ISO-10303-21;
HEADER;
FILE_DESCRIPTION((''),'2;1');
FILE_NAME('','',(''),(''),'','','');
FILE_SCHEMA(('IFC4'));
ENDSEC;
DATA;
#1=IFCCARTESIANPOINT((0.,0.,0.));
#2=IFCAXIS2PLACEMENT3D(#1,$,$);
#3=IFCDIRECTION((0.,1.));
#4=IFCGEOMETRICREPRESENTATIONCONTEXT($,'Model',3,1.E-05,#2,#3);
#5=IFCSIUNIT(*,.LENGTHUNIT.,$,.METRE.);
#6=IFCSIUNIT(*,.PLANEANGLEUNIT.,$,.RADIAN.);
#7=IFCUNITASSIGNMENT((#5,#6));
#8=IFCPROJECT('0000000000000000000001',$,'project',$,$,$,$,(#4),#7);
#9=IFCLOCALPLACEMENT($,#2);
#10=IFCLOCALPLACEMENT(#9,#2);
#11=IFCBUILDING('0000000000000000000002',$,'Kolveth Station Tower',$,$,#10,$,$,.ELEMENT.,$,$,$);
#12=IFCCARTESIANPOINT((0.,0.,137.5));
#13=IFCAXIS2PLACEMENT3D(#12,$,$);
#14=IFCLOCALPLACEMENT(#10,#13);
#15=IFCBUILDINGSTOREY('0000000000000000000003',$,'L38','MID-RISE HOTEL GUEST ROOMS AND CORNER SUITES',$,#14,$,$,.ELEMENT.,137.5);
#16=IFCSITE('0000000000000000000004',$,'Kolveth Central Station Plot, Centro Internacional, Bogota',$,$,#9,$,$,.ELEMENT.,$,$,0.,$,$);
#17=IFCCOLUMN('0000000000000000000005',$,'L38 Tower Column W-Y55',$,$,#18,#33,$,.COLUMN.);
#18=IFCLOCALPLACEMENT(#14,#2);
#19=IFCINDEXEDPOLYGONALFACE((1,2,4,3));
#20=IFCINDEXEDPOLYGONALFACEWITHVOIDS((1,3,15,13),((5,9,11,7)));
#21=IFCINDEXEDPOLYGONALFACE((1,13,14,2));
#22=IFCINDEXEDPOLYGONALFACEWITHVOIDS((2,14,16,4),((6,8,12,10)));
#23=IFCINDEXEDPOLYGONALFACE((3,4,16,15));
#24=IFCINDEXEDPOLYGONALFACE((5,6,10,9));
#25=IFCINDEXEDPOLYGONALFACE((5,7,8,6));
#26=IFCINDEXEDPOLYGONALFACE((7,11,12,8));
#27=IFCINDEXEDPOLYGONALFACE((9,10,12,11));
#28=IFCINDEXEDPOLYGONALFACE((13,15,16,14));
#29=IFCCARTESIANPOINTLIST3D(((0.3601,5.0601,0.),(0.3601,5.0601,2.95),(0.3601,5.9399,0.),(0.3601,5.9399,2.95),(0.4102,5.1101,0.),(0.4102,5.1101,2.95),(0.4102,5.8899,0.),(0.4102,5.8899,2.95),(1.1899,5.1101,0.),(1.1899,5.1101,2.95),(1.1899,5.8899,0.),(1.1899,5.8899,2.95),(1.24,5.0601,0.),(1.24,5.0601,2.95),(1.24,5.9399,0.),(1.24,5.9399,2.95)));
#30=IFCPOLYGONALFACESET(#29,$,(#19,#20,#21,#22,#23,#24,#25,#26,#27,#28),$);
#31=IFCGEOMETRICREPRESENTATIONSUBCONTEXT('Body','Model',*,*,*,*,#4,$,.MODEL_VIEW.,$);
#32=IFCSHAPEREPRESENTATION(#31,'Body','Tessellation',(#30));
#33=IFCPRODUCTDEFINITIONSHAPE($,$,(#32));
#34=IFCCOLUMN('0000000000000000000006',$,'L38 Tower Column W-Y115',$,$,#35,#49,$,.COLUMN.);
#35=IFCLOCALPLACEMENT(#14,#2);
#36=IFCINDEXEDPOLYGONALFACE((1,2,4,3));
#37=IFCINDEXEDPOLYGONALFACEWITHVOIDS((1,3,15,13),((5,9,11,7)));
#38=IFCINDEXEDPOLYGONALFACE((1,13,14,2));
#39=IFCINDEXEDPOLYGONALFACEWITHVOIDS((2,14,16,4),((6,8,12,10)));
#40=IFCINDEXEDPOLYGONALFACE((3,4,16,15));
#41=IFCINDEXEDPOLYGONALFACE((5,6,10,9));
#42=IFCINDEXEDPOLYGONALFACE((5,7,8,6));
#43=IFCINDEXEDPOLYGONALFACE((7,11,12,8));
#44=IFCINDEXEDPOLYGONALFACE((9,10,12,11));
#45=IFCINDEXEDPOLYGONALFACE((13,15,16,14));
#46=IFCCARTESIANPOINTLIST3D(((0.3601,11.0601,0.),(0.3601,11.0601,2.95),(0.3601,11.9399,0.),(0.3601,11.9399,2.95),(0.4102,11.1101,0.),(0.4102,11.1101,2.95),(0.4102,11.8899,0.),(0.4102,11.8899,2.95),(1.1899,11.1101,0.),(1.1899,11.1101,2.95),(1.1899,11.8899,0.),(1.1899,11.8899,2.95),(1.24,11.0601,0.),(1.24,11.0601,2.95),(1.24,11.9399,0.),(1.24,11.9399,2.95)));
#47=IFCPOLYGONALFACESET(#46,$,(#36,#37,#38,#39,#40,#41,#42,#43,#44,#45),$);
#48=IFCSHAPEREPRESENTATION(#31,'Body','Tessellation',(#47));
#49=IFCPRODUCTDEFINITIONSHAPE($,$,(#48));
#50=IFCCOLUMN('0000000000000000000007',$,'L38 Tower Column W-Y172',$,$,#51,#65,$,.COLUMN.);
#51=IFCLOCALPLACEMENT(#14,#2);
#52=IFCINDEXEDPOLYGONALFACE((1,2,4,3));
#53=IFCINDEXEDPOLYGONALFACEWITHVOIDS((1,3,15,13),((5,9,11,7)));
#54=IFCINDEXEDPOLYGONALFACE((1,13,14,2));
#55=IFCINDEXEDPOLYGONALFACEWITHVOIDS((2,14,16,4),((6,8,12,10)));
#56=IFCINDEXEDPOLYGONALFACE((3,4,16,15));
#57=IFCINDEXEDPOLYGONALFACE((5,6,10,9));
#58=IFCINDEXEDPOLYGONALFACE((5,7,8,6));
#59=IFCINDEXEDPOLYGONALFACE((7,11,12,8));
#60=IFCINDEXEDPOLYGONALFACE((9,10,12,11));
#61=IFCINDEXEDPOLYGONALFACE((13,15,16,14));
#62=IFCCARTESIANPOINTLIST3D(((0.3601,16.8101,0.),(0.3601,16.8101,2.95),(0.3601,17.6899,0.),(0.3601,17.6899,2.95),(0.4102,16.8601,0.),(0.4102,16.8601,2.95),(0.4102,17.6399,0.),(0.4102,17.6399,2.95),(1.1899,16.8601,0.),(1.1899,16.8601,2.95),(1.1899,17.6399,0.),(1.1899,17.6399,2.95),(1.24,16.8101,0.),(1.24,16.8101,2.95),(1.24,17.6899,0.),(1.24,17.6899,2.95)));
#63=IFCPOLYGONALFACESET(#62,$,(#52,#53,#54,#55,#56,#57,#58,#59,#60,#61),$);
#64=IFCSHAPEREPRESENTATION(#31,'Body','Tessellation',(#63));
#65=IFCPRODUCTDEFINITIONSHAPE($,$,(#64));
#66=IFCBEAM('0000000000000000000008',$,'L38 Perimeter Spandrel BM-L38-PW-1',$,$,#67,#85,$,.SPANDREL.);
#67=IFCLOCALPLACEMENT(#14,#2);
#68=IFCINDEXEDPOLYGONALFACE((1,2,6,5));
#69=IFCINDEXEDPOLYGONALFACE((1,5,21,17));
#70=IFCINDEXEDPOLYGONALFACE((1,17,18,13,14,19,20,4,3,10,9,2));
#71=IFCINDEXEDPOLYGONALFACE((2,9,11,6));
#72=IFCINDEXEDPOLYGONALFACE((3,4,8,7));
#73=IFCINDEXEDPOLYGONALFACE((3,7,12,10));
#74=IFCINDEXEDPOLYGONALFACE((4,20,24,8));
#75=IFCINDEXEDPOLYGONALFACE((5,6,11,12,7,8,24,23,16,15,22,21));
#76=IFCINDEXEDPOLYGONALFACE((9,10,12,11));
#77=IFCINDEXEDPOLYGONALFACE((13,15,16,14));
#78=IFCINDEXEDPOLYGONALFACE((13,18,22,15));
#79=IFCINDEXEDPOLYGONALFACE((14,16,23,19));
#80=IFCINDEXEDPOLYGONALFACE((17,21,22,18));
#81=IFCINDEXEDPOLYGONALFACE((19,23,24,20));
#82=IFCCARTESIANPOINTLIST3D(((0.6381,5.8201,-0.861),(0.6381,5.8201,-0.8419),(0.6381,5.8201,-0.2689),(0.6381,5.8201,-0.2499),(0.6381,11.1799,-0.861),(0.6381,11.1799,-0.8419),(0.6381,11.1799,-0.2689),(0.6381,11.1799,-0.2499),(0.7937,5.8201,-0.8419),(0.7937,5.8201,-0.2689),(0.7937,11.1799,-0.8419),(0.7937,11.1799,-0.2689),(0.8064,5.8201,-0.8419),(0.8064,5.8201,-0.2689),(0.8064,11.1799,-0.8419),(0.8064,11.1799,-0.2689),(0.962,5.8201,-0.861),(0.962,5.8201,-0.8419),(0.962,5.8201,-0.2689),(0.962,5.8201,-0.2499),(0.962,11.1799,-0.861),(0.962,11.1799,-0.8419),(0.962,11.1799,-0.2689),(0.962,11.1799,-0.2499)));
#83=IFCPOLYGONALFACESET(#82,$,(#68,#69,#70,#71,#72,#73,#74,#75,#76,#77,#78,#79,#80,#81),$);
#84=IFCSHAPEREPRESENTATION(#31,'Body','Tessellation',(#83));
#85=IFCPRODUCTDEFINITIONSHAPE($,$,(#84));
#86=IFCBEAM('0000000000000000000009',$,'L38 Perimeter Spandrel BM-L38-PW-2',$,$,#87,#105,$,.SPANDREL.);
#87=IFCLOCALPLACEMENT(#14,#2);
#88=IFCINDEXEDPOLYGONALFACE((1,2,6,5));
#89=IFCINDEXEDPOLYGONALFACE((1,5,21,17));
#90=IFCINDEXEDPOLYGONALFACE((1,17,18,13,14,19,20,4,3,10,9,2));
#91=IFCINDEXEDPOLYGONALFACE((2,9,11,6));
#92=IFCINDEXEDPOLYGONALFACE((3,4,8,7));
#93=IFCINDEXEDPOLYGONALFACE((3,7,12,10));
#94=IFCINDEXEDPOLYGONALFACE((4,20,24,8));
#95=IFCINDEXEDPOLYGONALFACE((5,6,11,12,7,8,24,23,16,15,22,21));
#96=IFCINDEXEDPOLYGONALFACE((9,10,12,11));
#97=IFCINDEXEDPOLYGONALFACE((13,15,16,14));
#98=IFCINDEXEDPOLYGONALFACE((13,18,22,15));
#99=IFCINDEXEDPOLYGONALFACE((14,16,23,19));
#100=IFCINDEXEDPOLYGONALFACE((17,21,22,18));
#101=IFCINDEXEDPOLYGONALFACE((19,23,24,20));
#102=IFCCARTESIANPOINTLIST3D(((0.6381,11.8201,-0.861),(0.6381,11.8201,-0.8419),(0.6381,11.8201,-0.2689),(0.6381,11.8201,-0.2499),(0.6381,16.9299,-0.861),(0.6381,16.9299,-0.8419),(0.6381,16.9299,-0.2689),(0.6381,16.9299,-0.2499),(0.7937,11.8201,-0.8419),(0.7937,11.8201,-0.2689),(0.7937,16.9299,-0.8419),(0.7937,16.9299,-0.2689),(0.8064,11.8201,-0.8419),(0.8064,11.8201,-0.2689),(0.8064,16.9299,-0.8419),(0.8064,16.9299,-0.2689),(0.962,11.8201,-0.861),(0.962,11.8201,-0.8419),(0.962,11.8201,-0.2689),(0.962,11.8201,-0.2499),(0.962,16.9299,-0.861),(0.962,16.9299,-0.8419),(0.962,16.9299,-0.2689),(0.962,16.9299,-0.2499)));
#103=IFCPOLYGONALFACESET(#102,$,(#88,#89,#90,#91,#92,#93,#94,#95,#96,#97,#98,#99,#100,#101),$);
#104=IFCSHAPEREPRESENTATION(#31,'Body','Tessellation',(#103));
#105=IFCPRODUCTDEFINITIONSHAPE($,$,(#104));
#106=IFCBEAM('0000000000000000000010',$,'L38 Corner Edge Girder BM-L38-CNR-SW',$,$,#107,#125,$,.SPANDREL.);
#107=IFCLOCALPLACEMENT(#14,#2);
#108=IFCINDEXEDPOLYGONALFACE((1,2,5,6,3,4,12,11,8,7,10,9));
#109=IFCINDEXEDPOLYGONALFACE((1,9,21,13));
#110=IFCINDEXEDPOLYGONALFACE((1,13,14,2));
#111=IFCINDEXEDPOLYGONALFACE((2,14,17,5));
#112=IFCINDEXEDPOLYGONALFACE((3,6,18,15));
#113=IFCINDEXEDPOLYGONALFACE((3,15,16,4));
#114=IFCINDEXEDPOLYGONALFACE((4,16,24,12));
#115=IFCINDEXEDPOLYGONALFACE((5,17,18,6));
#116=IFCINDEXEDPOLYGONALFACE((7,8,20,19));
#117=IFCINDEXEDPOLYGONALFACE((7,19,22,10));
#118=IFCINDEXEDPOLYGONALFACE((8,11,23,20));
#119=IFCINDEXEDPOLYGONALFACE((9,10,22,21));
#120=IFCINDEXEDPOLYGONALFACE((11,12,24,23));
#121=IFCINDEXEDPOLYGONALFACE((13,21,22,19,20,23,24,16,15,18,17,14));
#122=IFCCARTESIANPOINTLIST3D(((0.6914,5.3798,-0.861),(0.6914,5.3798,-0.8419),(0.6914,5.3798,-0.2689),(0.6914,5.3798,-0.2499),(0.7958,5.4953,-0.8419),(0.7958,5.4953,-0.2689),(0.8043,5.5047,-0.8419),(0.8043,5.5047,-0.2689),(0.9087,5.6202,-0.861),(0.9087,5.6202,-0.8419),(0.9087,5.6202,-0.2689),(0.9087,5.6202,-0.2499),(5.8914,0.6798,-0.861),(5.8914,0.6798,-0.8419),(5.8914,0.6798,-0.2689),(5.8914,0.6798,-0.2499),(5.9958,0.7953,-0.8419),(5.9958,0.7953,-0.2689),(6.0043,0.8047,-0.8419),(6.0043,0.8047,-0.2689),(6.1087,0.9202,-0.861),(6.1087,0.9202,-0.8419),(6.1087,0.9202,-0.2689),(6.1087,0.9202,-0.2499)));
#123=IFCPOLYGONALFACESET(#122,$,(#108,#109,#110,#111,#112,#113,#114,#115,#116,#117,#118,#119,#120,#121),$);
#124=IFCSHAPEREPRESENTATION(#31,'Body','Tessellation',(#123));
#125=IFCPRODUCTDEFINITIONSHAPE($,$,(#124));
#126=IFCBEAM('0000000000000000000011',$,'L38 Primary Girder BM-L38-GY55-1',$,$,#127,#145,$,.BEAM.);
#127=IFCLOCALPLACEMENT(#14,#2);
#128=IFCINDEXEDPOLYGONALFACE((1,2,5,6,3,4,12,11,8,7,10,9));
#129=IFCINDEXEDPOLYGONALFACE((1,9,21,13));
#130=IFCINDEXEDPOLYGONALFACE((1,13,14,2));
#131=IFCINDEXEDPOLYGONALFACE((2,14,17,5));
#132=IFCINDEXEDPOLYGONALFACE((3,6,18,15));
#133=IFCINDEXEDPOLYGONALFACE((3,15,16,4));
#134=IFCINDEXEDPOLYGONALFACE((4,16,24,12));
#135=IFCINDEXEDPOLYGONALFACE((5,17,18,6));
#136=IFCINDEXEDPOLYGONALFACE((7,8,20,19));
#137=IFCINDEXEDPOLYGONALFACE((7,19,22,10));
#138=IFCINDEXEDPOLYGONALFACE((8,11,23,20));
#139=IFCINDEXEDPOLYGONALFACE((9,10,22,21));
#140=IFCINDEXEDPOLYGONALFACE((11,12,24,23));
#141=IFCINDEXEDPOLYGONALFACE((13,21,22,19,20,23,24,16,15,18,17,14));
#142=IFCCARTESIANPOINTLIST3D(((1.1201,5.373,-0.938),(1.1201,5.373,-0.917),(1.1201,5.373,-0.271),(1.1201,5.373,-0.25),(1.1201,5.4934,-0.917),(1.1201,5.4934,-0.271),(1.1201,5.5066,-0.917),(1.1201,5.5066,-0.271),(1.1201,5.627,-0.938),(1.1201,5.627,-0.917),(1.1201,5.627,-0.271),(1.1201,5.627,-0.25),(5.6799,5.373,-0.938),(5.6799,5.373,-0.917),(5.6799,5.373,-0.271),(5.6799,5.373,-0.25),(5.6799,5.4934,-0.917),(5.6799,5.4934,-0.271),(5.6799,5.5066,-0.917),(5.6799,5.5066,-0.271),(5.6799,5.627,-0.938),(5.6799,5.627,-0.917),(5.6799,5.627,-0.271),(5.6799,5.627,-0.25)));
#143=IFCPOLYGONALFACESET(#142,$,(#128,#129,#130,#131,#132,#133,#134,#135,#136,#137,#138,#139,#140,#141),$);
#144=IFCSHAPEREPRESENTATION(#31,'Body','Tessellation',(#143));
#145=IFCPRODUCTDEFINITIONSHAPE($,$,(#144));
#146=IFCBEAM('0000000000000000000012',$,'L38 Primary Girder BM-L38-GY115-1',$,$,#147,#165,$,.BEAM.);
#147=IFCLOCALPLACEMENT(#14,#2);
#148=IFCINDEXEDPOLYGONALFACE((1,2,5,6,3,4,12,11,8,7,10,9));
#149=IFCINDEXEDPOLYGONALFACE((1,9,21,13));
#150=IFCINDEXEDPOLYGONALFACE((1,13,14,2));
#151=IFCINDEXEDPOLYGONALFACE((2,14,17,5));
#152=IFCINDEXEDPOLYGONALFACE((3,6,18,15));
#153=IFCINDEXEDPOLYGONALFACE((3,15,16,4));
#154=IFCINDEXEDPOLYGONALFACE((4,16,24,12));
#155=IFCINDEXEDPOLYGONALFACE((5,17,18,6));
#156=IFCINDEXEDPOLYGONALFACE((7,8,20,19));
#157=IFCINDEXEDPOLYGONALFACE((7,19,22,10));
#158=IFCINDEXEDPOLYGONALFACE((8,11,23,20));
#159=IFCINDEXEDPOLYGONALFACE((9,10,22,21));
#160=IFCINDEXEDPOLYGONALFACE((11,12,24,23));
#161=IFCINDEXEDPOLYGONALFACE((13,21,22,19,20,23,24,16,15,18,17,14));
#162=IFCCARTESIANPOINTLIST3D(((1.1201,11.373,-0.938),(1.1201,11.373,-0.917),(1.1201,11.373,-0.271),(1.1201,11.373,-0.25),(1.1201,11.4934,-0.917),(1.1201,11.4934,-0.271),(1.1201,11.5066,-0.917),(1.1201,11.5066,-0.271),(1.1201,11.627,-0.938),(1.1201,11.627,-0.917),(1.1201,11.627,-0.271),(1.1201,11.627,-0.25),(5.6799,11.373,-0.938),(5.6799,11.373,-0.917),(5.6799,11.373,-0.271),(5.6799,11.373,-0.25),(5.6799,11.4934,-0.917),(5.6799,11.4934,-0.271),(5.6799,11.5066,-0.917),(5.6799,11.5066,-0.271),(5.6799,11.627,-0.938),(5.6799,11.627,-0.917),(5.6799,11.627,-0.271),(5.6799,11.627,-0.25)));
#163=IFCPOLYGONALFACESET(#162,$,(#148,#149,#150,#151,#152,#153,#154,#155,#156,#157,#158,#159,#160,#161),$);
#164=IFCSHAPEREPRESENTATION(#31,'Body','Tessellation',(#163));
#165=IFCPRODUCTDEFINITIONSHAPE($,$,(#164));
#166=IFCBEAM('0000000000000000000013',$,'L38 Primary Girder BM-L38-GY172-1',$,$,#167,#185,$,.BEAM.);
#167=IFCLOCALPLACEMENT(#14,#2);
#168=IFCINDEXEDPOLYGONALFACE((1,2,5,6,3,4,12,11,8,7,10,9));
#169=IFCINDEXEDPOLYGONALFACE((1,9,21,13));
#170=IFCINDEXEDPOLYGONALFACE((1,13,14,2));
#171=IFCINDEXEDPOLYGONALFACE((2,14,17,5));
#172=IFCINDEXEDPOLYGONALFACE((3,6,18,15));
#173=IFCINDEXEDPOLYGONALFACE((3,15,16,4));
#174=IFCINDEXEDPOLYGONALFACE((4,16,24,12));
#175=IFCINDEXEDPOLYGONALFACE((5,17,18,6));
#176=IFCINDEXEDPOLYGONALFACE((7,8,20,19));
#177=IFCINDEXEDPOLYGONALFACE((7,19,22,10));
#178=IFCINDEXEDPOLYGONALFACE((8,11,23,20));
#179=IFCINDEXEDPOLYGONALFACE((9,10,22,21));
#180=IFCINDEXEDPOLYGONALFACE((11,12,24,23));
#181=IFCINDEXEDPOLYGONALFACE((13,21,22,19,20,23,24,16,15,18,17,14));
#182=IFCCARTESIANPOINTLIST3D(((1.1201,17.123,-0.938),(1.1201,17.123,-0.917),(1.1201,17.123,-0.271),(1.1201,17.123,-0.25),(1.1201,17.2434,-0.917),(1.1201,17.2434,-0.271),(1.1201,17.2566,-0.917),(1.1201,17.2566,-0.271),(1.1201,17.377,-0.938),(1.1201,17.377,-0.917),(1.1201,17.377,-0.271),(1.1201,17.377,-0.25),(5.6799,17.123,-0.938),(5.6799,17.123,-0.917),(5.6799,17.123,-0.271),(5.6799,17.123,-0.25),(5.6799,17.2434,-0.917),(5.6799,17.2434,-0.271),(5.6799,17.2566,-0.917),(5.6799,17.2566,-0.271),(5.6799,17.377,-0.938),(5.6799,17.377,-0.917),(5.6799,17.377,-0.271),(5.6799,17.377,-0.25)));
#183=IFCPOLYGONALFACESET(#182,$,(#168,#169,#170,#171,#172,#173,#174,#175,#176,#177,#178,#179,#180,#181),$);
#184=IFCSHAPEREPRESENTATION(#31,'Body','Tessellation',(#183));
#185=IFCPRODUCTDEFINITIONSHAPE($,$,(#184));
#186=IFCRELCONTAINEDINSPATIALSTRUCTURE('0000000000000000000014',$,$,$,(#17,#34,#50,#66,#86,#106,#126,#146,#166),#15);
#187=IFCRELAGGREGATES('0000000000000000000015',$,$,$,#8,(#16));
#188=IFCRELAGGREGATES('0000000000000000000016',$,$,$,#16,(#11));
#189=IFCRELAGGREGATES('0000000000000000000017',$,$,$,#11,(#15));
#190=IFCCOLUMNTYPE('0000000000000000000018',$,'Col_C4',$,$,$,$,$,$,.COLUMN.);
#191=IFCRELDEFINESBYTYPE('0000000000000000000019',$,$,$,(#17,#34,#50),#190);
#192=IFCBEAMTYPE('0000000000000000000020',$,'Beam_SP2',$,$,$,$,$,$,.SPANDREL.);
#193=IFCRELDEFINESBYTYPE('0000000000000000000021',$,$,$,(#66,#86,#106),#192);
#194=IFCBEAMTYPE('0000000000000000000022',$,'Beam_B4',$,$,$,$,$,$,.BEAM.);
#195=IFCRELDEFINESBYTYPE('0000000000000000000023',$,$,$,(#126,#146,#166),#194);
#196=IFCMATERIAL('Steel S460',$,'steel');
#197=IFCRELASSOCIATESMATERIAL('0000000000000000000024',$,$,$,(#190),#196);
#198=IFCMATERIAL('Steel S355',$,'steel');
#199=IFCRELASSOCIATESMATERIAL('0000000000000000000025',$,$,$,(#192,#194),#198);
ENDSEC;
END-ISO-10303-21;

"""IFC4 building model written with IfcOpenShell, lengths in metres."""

from ifc_helpers import new_model, si_unit, direction, frame, origin, origin_2d, place, context, subcontext, project, spatial, hollow_rectangle, i_section, extrude, source, transform, mapped, material, material_profile, profile_set, type_object, element, save


model = new_model("IFC4")

# Units and contexts
model_context = context("Model", 3, precision=1e-05, world=origin(), true_north=direction((0.0, 1.0)))
body_context = subcontext(model_context, "Body", "Model", "MODEL_VIEW")
ifc_project = project(units=[si_unit("LENGTHUNIT", "METRE"), si_unit("PLANEANGLEUNIT", "RADIAN")], contexts=[model_context])

# Site, building, storey
site_placement = place(None, origin())
site = spatial("IfcSite", under=ifc_project, at=site_placement, Name="Kolveth Central Station Plot, Centro Internacional, Bogota", CompositionType="ELEMENT", RefElevation=0.0)
building_placement = place(site_placement, origin())
building = spatial("IfcBuilding", under=site, at=building_placement, Name="Kolveth Station Tower", CompositionType="ELEMENT")
storey_placement = place(building_placement, frame((0.0, 0.0, 137.5)))
storey = spatial("IfcBuildingStorey", under=building, at=storey_placement, Name="L38", Description="MID-RISE HOTEL GUEST ROOMS AND CORNER SUITES", CompositionType="ELEMENT", Elevation=137.5)

# Columns
ifc_material_1 = material(Name="Steel S460", Category="steel")
ifc_material_profile_1 = material_profile(ifc_material_1, hollow_rectangle(XDim=0.8799, YDim=0.8799, WallThickness=0.05, at=origin_2d()), Name="BOX880x880x50")
ifc_profile_set_1 = profile_set([ifc_material_profile_1], Name="Steel S460")
column_type = type_object("IfcColumnType", Name="Col_C4", PredefinedType="COLUMN", material=ifc_profile_set_1)
shared_shape_1 = source(origin(), body_context, "Body", "SweptSolid", [
    extrude(hollow_rectangle(XDim=0.8799, YDim=0.8799, WallThickness=0.05, at=origin_2d()), origin(), (0.0, 0.0, 1.0), 2.95),
])
for number, where, z_axis, x_axis, name in (
    (1, (0.8, 5.5, 0.0), (0.0, 0.0, 1.0), (1.0, 0.0, 0.0), "L38 Tower Column W-Y55"),
    (2, (0.8, 11.5, 0.0), (0.0, 0.0, 1.0), (1.0, 0.0, 0.0), "L38 Tower Column W-Y115"),
    (3, (0.8, 17.25, 0.0), (0.0, 0.0, 1.0), (1.0, 0.0, 0.0), "L38 Tower Column W-Y172"),
):
    element("IfcColumn", number, at=place(storey_placement, frame(where, z_axis=z_axis, x_axis=x_axis)), inside=storey, type_object=column_type, Name=name, PredefinedType="COLUMN", context=body_context, shape_type="MappedRepresentation", body=[
        mapped(shared_shape_1, transform((0.0, 0.0, 0.0), x_axis=(1.0, 0.0, 0.0), y_axis=(0.0, 1.0, 0.0), z_axis=(0.0, 0.0, 1.0), scale=1.0)),
    ])

# Beams
ifc_material_2 = material(Name="Steel S355", Category="steel")
ifc_material_profile_2 = material_profile(ifc_material_2, i_section(OverallWidth=0.324, OverallDepth=0.6111, WebThickness=0.0127, FlangeThickness=0.019, at=origin_2d()), Name="W610x155")
ifc_profile_set_2 = profile_set([ifc_material_profile_2], Name="Steel S355")
beam_type_1 = type_object("IfcBeamType", Name="Beam_SP2", PredefinedType="SPANDREL", material=ifc_profile_set_2)
shared_shape_2 = source(origin(), body_context, "Body", "SweptSolid", [
    extrude(i_section(OverallWidth=0.324, OverallDepth=0.6111, WebThickness=0.0127, FlangeThickness=0.019, at=origin_2d()), origin(), (0.0, 0.0, 1.0), 5.3599),
])
beam_1_placement = place(storey_placement, frame((0.8, 5.8201, -0.5554), z_axis=(0.0, 1.0, 0.0), x_axis=(-1.0, 0.0, 0.0)))
element("IfcBeam", 4, at=beam_1_placement, inside=storey, type_object=beam_type_1, Name="L38 Perimeter Spandrel BM-L38-PW-1", PredefinedType="SPANDREL", context=body_context, shape_type="MappedRepresentation", body=[
    mapped(shared_shape_2, transform((0.0, 0.0, 0.0), x_axis=(1.0, 0.0, 0.0), y_axis=(0.0, 1.0, 0.0), z_axis=(0.0, 0.0, 1.0), scale=1.0)),
])
shared_shape_3 = source(origin(), body_context, "Body", "SweptSolid", [
    extrude(i_section(OverallWidth=0.324, OverallDepth=0.6111, WebThickness=0.0127, FlangeThickness=0.019, at=origin_2d()), origin(), (0.0, 0.0, 1.0), 5.1099),
])
beam_2_placement = place(storey_placement, frame((0.8, 11.8201, -0.5554), z_axis=(0.0, 1.0, 0.0), x_axis=(-1.0, 0.0, 0.0)))
element("IfcBeam", 5, at=beam_2_placement, inside=storey, type_object=beam_type_1, Name="L38 Perimeter Spandrel BM-L38-PW-2", PredefinedType="SPANDREL", context=body_context, shape_type="MappedRepresentation", body=[
    mapped(shared_shape_3, transform((0.0, 0.0, 0.0), x_axis=(1.0, 0.0, 0.0), y_axis=(0.0, 1.0, 0.0), z_axis=(0.0, 0.0, 1.0), scale=1.0)),
])
shared_shape_4 = source(origin(), body_context, "Body", "SweptSolid", [
    extrude(i_section(OverallWidth=0.324, OverallDepth=0.6111, WebThickness=0.0127, FlangeThickness=0.019, at=origin_2d()), origin(), (0.0, 0.0, 1.0), 7.0093),
])
beam_3_placement = place(storey_placement, frame((0.8, 5.5, -0.5554), z_axis=(0.741874, -0.670539, 0.0), x_axis=(0.670539, 0.741874, 0.0)))
element("IfcBeam", 6, at=beam_3_placement, inside=storey, type_object=beam_type_1, Name="L38 Corner Edge Girder BM-L38-CNR-SW", PredefinedType="SPANDREL", context=body_context, shape_type="MappedRepresentation", body=[
    mapped(shared_shape_4, transform((0.0, 0.0, 0.0), x_axis=(1.0, 0.0, 0.0), y_axis=(0.0, 1.0, 0.0), z_axis=(0.0, 0.0, 1.0), scale=1.0)),
])
ifc_material_profile_3 = material_profile(ifc_material_2, i_section(OverallWidth=0.2539, OverallDepth=0.688, WebThickness=0.0132, FlangeThickness=0.021, at=origin_2d()), Name="W690x152")
ifc_profile_set_3 = profile_set([ifc_material_profile_3], Name="Steel S355")
beam_type_2 = type_object("IfcBeamType", Name="Beam_B4", PredefinedType="BEAM", material=ifc_profile_set_3)
shared_shape_5 = source(origin(), body_context, "Body", "SweptSolid", [
    extrude(i_section(OverallWidth=0.2539, OverallDepth=0.688, WebThickness=0.0132, FlangeThickness=0.021, at=origin_2d()), origin(), (0.0, 0.0, 1.0), 4.5598),
])
for number, where, z_axis, x_axis, name in (
    (7, (1.1201, 5.5, -0.594), (1.0, 0.0, 0.0), (0.0, 1.0, 0.0), "L38 Primary Girder BM-L38-GY55-1"),
    (8, (1.1201, 11.5, -0.594), (1.0, 0.0, 0.0), (0.0, 1.0, 0.0), "L38 Primary Girder BM-L38-GY115-1"),
    (9, (1.1201, 17.25, -0.594), (1.0, 0.0, 0.0), (0.0, 1.0, 0.0), "L38 Primary Girder BM-L38-GY172-1"),
):
    element("IfcBeam", number, at=place(storey_placement, frame(where, z_axis=z_axis, x_axis=x_axis)), inside=storey, type_object=beam_type_2, Name=name, PredefinedType="BEAM", context=body_context, shape_type="MappedRepresentation", body=[
        mapped(shared_shape_5, transform((0.0, 0.0, 0.0), x_axis=(1.0, 0.0, 0.0), y_axis=(0.0, 1.0, 0.0), z_axis=(0.0, 0.0, 1.0), scale=1.0)),
    ])

save(model, "model.ifc")
